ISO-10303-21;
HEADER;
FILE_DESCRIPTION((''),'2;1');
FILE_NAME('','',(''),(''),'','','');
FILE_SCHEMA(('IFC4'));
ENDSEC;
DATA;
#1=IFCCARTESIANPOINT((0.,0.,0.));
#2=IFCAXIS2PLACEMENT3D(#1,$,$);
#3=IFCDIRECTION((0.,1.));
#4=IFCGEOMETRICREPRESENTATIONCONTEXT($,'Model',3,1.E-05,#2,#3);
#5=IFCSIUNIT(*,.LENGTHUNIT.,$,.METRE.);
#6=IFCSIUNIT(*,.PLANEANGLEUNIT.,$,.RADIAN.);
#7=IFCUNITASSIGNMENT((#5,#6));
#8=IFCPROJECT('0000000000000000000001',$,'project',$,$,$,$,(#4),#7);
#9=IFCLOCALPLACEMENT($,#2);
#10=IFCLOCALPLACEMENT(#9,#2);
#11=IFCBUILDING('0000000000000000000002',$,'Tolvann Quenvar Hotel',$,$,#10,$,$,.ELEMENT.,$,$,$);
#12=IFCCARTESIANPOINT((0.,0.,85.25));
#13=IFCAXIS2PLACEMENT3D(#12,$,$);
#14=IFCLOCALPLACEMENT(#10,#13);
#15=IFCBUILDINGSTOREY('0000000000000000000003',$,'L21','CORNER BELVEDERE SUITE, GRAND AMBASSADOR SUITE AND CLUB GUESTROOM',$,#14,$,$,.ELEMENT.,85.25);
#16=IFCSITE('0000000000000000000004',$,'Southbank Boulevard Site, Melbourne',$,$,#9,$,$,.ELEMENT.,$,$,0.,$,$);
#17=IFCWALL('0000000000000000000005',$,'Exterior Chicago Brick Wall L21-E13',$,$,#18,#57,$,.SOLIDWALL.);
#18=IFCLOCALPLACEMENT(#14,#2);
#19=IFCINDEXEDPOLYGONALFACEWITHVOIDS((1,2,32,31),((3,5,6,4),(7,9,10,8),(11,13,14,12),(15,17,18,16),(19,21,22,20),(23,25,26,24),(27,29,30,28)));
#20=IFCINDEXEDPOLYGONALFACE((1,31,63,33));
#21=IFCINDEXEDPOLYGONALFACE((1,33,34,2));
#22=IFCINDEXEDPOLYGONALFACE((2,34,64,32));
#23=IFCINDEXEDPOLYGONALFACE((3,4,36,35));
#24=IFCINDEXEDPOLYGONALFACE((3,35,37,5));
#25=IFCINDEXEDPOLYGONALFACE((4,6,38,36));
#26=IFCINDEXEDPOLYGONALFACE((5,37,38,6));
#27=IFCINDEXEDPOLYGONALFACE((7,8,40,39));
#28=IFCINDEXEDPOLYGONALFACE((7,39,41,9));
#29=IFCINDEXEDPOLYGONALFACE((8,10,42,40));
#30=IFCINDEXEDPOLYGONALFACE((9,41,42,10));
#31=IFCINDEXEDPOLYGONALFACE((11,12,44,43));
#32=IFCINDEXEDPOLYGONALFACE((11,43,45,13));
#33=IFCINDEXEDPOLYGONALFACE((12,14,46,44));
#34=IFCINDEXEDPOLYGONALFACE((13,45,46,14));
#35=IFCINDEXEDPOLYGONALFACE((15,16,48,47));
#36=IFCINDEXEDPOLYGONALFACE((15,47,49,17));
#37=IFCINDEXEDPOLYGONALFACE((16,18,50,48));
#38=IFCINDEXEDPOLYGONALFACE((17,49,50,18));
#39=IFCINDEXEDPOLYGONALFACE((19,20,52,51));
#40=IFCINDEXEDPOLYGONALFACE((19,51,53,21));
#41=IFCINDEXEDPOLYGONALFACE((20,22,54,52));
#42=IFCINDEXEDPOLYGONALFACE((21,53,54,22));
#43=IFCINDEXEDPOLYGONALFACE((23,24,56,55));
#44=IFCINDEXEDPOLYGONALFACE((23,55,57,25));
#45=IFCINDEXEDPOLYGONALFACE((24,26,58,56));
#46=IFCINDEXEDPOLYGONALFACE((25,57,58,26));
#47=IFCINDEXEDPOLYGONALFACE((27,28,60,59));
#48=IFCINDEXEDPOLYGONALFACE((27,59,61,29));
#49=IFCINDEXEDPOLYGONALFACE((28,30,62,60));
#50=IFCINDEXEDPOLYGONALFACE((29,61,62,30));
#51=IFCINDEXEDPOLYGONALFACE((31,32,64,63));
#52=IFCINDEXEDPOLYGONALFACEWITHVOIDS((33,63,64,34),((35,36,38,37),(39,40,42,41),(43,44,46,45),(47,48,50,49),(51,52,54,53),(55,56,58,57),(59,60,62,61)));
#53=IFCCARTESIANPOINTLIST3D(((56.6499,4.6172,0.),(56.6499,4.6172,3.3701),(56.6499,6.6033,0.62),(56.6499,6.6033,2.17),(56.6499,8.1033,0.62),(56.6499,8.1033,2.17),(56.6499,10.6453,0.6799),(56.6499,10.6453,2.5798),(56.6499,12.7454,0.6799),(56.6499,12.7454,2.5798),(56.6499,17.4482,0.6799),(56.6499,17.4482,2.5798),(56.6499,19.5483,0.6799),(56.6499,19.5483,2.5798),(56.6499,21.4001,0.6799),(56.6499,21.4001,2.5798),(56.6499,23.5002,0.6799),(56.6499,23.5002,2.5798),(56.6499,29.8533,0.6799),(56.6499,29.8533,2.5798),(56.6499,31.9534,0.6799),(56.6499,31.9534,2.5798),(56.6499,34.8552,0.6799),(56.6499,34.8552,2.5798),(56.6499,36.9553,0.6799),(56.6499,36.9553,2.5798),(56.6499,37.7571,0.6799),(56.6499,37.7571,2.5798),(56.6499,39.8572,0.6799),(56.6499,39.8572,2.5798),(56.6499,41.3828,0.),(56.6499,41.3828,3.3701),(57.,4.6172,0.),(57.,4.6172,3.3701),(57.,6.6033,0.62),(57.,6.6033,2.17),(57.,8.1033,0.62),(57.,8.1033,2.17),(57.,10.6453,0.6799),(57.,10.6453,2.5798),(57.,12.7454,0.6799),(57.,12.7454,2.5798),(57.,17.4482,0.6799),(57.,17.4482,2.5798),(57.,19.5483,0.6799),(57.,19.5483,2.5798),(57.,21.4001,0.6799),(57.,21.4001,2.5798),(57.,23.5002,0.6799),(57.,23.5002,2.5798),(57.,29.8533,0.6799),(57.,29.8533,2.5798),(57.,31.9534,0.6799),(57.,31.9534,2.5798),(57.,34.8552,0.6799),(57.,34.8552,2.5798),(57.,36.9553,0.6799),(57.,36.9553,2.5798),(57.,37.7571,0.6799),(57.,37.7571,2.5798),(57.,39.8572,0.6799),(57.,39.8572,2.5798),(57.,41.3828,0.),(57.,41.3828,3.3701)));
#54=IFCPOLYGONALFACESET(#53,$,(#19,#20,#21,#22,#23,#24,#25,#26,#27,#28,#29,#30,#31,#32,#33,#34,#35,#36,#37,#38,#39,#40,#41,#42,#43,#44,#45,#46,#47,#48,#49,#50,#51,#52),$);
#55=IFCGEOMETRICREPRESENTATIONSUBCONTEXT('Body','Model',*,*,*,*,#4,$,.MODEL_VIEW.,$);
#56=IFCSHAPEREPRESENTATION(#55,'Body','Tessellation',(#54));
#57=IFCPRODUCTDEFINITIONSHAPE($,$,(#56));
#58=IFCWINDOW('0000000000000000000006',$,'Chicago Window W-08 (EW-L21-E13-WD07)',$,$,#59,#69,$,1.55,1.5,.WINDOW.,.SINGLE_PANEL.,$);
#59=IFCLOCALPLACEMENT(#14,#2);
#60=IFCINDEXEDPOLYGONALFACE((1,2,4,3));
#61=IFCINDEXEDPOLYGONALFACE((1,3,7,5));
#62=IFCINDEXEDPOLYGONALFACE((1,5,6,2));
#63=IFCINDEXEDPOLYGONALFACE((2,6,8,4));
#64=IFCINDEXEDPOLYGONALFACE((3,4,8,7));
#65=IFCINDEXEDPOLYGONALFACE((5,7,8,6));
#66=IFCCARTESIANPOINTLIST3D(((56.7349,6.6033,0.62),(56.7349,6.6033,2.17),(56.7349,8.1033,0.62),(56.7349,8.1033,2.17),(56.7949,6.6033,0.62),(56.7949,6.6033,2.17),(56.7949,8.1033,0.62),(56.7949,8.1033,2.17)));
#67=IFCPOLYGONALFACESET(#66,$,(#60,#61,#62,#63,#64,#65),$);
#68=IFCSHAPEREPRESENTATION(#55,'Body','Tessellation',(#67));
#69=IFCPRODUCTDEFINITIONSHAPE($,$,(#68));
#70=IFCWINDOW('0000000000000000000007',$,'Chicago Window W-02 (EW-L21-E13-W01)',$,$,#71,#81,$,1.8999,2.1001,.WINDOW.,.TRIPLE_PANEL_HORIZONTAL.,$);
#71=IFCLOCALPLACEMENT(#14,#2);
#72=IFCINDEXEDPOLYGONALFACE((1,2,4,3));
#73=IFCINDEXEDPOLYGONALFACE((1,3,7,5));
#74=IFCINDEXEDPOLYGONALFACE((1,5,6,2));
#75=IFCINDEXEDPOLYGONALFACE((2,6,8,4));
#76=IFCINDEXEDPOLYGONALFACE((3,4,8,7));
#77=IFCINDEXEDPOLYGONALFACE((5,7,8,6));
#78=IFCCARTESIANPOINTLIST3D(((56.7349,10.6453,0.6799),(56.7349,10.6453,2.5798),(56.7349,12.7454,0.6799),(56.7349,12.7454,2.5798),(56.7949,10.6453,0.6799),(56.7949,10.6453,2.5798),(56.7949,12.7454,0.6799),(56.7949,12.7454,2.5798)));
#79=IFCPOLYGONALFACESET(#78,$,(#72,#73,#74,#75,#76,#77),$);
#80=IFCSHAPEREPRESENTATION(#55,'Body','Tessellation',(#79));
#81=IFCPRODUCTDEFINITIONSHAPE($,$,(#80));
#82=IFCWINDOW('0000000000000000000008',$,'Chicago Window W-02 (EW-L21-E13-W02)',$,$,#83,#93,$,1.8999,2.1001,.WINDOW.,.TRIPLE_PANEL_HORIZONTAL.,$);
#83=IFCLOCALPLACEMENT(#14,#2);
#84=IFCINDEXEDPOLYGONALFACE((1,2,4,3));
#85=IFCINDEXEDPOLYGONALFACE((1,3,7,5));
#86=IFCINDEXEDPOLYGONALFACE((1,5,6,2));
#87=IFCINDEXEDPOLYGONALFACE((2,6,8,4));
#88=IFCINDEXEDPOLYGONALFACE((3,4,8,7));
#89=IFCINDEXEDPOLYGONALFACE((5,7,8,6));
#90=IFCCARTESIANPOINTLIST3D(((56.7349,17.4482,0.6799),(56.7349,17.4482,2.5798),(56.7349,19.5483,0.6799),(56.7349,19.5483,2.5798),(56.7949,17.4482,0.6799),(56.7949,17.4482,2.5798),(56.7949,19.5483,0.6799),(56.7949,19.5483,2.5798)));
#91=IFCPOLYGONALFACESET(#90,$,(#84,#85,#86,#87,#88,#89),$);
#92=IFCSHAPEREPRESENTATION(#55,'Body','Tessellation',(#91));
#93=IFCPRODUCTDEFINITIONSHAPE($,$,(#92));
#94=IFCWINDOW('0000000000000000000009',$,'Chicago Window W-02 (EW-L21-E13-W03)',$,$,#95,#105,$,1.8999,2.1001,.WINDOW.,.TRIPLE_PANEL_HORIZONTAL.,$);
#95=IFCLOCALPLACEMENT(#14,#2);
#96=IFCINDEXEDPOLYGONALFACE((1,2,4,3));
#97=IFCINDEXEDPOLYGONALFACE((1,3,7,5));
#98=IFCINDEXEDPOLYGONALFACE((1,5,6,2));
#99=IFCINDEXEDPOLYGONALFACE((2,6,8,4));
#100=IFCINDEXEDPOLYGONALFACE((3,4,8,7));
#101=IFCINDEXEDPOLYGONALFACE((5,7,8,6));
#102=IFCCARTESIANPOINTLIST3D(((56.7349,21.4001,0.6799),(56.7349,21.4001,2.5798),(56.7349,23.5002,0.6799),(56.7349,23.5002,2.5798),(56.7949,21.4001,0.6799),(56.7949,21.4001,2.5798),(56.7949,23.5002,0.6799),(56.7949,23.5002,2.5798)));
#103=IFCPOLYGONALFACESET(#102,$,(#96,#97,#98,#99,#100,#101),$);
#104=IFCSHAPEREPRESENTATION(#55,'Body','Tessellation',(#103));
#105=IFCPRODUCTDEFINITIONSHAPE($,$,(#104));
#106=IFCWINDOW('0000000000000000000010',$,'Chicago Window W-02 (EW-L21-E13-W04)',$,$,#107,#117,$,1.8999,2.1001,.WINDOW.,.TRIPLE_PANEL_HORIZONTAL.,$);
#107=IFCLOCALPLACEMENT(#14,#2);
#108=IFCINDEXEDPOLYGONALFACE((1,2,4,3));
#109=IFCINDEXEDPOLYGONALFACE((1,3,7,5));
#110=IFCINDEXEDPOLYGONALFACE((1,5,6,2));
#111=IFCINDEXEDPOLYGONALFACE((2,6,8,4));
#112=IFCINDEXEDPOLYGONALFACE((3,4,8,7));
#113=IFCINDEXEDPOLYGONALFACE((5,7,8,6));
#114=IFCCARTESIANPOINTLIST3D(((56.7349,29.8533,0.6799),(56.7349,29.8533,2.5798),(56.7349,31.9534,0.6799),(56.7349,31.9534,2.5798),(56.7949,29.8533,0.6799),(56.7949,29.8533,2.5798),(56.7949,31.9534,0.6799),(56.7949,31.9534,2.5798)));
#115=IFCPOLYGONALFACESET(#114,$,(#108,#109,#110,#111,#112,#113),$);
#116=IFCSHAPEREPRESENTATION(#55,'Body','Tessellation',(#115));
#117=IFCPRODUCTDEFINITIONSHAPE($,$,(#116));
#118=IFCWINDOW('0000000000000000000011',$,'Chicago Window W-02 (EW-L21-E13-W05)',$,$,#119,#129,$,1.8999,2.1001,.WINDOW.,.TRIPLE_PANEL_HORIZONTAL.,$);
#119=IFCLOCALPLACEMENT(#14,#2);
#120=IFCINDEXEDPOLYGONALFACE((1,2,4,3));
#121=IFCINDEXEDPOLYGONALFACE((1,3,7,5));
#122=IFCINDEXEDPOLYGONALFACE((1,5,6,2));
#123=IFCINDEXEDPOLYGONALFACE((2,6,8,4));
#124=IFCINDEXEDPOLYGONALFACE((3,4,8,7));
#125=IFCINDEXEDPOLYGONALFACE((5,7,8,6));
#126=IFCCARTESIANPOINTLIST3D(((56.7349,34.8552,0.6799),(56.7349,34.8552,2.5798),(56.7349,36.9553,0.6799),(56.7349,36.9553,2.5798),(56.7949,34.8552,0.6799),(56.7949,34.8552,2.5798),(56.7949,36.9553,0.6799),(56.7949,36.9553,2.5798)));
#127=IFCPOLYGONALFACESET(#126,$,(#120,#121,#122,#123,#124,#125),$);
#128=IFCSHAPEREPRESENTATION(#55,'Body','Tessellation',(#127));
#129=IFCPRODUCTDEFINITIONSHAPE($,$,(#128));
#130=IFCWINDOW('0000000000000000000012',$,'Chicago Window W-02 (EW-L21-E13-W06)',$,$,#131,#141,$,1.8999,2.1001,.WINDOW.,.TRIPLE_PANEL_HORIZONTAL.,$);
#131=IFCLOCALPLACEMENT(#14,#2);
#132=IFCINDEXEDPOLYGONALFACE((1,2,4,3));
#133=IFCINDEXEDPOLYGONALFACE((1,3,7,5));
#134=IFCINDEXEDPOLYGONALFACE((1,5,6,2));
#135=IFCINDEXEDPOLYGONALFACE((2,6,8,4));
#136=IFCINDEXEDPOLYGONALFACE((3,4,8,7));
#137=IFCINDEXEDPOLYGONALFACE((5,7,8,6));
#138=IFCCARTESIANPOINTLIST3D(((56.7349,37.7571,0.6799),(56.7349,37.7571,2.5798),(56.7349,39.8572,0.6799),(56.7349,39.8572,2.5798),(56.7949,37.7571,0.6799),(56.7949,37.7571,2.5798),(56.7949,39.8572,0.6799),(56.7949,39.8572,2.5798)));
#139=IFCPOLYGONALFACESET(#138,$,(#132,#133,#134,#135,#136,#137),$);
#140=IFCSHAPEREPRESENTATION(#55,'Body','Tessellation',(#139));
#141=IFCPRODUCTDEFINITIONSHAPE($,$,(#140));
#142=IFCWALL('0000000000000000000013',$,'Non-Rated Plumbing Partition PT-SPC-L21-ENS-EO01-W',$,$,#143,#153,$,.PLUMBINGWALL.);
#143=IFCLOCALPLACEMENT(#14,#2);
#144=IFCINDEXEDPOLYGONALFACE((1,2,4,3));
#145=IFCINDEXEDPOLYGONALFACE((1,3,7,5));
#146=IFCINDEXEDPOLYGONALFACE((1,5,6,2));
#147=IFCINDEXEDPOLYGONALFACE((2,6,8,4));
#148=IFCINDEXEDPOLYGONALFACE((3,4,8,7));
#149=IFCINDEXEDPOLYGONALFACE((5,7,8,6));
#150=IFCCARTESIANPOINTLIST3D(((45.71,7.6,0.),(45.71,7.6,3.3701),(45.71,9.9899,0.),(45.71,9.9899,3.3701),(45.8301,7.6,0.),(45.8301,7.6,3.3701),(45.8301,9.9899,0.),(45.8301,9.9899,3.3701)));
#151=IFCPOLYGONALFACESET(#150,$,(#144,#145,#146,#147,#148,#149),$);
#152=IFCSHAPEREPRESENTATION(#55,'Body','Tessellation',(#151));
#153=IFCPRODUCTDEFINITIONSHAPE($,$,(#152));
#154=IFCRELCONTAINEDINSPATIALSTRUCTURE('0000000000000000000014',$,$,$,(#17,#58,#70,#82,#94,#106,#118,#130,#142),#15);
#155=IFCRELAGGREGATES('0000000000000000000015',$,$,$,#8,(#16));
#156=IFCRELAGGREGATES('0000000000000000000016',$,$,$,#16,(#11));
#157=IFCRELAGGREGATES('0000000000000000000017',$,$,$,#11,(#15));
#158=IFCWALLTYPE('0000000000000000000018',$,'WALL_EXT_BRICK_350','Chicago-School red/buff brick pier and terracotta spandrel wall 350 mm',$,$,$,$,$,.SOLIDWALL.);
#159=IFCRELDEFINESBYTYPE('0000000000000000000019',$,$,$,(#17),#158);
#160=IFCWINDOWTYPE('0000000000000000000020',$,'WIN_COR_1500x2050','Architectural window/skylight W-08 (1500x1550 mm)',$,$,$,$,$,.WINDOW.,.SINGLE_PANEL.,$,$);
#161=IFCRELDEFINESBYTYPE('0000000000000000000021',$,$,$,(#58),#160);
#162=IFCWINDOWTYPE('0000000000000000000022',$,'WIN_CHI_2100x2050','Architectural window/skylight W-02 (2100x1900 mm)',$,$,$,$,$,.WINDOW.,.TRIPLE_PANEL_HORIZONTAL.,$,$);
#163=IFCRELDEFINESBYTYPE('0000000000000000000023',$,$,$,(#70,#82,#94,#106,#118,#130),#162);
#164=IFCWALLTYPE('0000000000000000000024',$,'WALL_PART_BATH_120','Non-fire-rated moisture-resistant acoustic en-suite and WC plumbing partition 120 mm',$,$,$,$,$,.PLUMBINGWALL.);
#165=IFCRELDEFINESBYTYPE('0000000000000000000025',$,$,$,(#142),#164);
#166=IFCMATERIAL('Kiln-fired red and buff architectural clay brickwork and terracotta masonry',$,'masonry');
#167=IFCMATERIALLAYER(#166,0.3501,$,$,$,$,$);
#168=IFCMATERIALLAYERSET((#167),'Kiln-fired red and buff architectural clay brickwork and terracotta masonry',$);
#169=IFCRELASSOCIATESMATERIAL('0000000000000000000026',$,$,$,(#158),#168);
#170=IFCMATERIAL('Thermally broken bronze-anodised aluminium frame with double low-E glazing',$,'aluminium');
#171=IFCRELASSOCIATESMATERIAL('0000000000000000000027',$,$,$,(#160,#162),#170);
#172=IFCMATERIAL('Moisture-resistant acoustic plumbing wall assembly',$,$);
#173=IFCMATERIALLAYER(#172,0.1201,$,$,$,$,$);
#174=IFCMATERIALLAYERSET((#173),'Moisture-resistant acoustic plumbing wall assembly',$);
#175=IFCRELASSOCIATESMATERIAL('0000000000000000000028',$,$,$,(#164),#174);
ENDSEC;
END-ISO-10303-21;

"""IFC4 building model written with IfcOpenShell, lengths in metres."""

from ifc_helpers import new_model, si_unit, direction, frame, frame_2d, origin, place, context, subcontext, project, spatial, rectangle, extrude, source, transform, mapped, material, layer, layer_set, type_object, type_shapes, element, fill, save


model = new_model("IFC4")

# Units and contexts
model_context = context("Model", 3, precision=1e-05, world=origin(), true_north=direction((0.0, 1.0)))
body_context = subcontext(model_context, "Body", "Model", "MODEL_VIEW")
ifc_project = project(units=[si_unit("LENGTHUNIT", "METRE"), si_unit("PLANEANGLEUNIT", "RADIAN")], contexts=[model_context])

# Site, building, storey
site_placement = place(None, origin())
site = spatial("IfcSite", under=ifc_project, at=site_placement, Name="Southbank Boulevard Site, Melbourne", CompositionType="ELEMENT", RefElevation=0.0)
building_placement = place(site_placement, origin())
building = spatial("IfcBuilding", under=site, at=building_placement, Name="Tolvann Quenvar Hotel", CompositionType="ELEMENT")
storey_placement = place(building_placement, frame((0.0, 0.0, 85.25)))
storey = spatial("IfcBuildingStorey", under=building, at=storey_placement, Name="L21", Description="CORNER BELVEDERE SUITE, GRAND AMBASSADOR SUITE AND CLUB GUESTROOM", CompositionType="ELEMENT", Elevation=85.25)

# Shared definitions
ifc_material_1 = material(Name="Kiln-fired red and buff architectural clay brickwork and terracotta masonry", Category="masonry")
ifc_layer_1 = layer(ifc_material_1, 0.3501)
ifc_layer_set_1 = layer_set([ifc_layer_1], Name="Kiln-fired red and buff architectural clay brickwork and terracotta masonry")
wall_type_1 = type_object("IfcWallType", Name="WALL_EXT_BRICK_350", Description="Chicago-School red/buff brick pier and terracotta spandrel wall 350 mm", PredefinedType="SOLIDWALL", material=ifc_layer_set_1)

# Wall, openings, windows
wall_1_placement = place(storey_placement, frame((56.825, 4.6172, 0.0), z_axis=(0.0, 0.0, 1.0), x_axis=(0.0, 1.0, 0.0)))
wall_1 = element("IfcWall", 1, at=wall_1_placement, inside=storey, type_object=wall_type_1, Name="Exterior Chicago Brick Wall L21-E13", PredefinedType="SOLIDWALL", context=body_context, shape_type="SweptSolid", body=[
    extrude(rectangle(XDim=36.7656, YDim=0.3501, at=frame_2d((18.3828, 0.0))), origin(), (0.0, 0.0, 1.0), 3.3701),
])
opening_1_placement = place(wall_1_placement, frame((6.0281, 0.0, 0.6799)))
opening_1 = element("IfcOpeningElement", 2, at=opening_1_placement, cuts=wall_1, PredefinedType="OPENING", context=body_context, shape_type="SweptSolid", body=[
    extrude(rectangle(XDim=2.1001, YDim=1.8999, at=frame_2d((1.05, 0.95))), frame((0.0, 0.1851, 0.0), z_axis=(0.0, -1.0, 0.0), x_axis=(1.0, 0.0, 0.0)), (0.0, 0.0, 1.0), 0.3701),
])
opening_2_placement = place(wall_1_placement, frame((12.8311, 0.0, 0.6799)))
opening_2 = element("IfcOpeningElement", 3, at=opening_2_placement, cuts=wall_1, PredefinedType="OPENING", context=body_context, shape_type="SweptSolid", body=[
    extrude(rectangle(XDim=2.1001, YDim=1.8999, at=frame_2d((1.05, 0.95))), frame((0.0, 0.1851, 0.0), z_axis=(0.0, -1.0, 0.0), x_axis=(1.0, 0.0, 0.0)), (0.0, 0.0, 1.0), 0.3701),
])
opening_3_placement = place(wall_1_placement, frame((16.783, 0.0, 0.6799)))
opening_3 = element("IfcOpeningElement", 4, at=opening_3_placement, cuts=wall_1, PredefinedType="OPENING", context=body_context, shape_type="SweptSolid", body=[
    extrude(rectangle(XDim=2.1001, YDim=1.8999, at=frame_2d((1.05, 0.95))), frame((0.0, 0.1851, 0.0), z_axis=(0.0, -1.0, 0.0), x_axis=(1.0, 0.0, 0.0)), (0.0, 0.0, 1.0), 0.3701),
])
opening_4_placement = place(wall_1_placement, frame((25.2361, 0.0, 0.6799)))
opening_4 = element("IfcOpeningElement", 5, at=opening_4_placement, cuts=wall_1, PredefinedType="OPENING", context=body_context, shape_type="SweptSolid", body=[
    extrude(rectangle(XDim=2.1001, YDim=1.8999, at=frame_2d((1.05, 0.95))), frame((0.0, 0.1851, 0.0), z_axis=(0.0, -1.0, 0.0), x_axis=(1.0, 0.0, 0.0)), (0.0, 0.0, 1.0), 0.3701),
])
opening_5_placement = place(wall_1_placement, frame((30.238, 0.0, 0.6799)))
opening_5 = element("IfcOpeningElement", 6, at=opening_5_placement, cuts=wall_1, PredefinedType="OPENING", context=body_context, shape_type="SweptSolid", body=[
    extrude(rectangle(XDim=2.1001, YDim=1.8999, at=frame_2d((1.05, 0.95))), frame((0.0, 0.1851, 0.0), z_axis=(0.0, -1.0, 0.0), x_axis=(1.0, 0.0, 0.0)), (0.0, 0.0, 1.0), 0.3701),
])
opening_6_placement = place(wall_1_placement, frame((33.1399, 0.0, 0.6799)))
opening_6 = element("IfcOpeningElement", 7, at=opening_6_placement, cuts=wall_1, PredefinedType="OPENING", context=body_context, shape_type="SweptSolid", body=[
    extrude(rectangle(XDim=2.1001, YDim=1.8999, at=frame_2d((1.05, 0.95))), frame((0.0, 0.1851, 0.0), z_axis=(0.0, -1.0, 0.0), x_axis=(1.0, 0.0, 0.0)), (0.0, 0.0, 1.0), 0.3701),
])
opening_7_placement = place(wall_1_placement, frame((1.9861, 0.0, 0.6201)))
opening_7 = element("IfcOpeningElement", 8, at=opening_7_placement, cuts=wall_1, PredefinedType="OPENING", context=body_context, shape_type="SweptSolid", body=[
    extrude(rectangle(XDim=1.5, YDim=1.55, at=frame_2d((0.75, 0.7749))), frame((0.0, 0.1851, 0.0), z_axis=(0.0, -1.0, 0.0), x_axis=(1.0, 0.0, 0.0)), (0.0, 0.0, 1.0), 0.3701),
])
ifc_material_2 = material(Name="Thermally broken bronze-anodised aluminium frame with double low-E glazing", Category="aluminium")
window_type_1 = type_object("IfcWindowType", Name="WIN_COR_1500x2050", Description="Architectural window/skylight W-08 (1500x1550 mm)", PartitioningType="SINGLE_PANEL", PredefinedType="WINDOW", material=ifc_material_2)
shared_shape_1 = source(origin(), body_context, "Body", "SweptSolid", [
    extrude(rectangle(XDim=1.5, YDim=1.55, at=frame_2d((0.75, 0.7749))), frame((0.0, 0.0901, 0.0), z_axis=(0.0, -1.0, 0.0), x_axis=(1.0, 0.0, 0.0)), (0.0, 0.0, 1.0), 0.0601),
])
type_shapes(window_type_1, [shared_shape_1])
window_1_placement = place(opening_7_placement, origin())
window_1 = element("IfcWindow", 9, at=window_1_placement, inside=storey, type_object=window_type_1, Name="Chicago Window W-08 (EW-L21-E13-WD07)", OverallHeight=1.55, OverallWidth=1.5, PartitioningType="SINGLE_PANEL", PredefinedType="WINDOW", context=body_context, shape_type="MappedRepresentation", body=[
    mapped(shared_shape_1, transform((0.0, 0.0, 0.0), x_axis=(1.0, 0.0, 0.0), y_axis=(0.0, 1.0, 0.0), z_axis=(0.0, 0.0, 1.0), scale=1.0)),
])
fill(opening_7, window_1)
window_type_2 = type_object("IfcWindowType", Name="WIN_CHI_2100x2050", Description="Architectural window/skylight W-02 (2100x1900 mm)", PartitioningType="TRIPLE_PANEL_HORIZONTAL", PredefinedType="WINDOW", material=ifc_material_2)
shared_shape_2 = source(origin(), body_context, "Body", "SweptSolid", [
    extrude(rectangle(XDim=2.1001, YDim=1.8999, at=frame_2d((1.05, 0.95))), frame((0.0, 0.0901, 0.0), z_axis=(0.0, -1.0, 0.0), x_axis=(1.0, 0.0, 0.0)), (0.0, 0.0, 1.0), 0.0601),
])
type_shapes(window_type_2, [shared_shape_2])
window_2_placement = place(opening_1_placement, origin())
window_2 = element("IfcWindow", 10, at=window_2_placement, inside=storey, type_object=window_type_2, Name="Chicago Window W-02 (EW-L21-E13-W01)", OverallHeight=1.8999, OverallWidth=2.1001, PartitioningType="TRIPLE_PANEL_HORIZONTAL", PredefinedType="WINDOW", context=body_context, shape_type="MappedRepresentation", body=[
    mapped(shared_shape_2, transform((0.0, 0.0, 0.0), x_axis=(1.0, 0.0, 0.0), y_axis=(0.0, 1.0, 0.0), z_axis=(0.0, 0.0, 1.0), scale=1.0)),
])
fill(opening_1, window_2)
window_3_placement = place(opening_2_placement, origin())
window_3 = element("IfcWindow", 11, at=window_3_placement, inside=storey, type_object=window_type_2, Name="Chicago Window W-02 (EW-L21-E13-W02)", OverallHeight=1.8999, OverallWidth=2.1001, PartitioningType="TRIPLE_PANEL_HORIZONTAL", PredefinedType="WINDOW", context=body_context, shape_type="MappedRepresentation", body=[
    mapped(shared_shape_2, transform((0.0, 0.0, 0.0), x_axis=(1.0, 0.0, 0.0), y_axis=(0.0, 1.0, 0.0), z_axis=(0.0, 0.0, 1.0), scale=1.0)),
])
fill(opening_2, window_3)
window_4_placement = place(opening_3_placement, origin())
window_4 = element("IfcWindow", 12, at=window_4_placement, inside=storey, type_object=window_type_2, Name="Chicago Window W-02 (EW-L21-E13-W03)", OverallHeight=1.8999, OverallWidth=2.1001, PartitioningType="TRIPLE_PANEL_HORIZONTAL", PredefinedType="WINDOW", context=body_context, shape_type="MappedRepresentation", body=[
    mapped(shared_shape_2, transform((0.0, 0.0, 0.0), x_axis=(1.0, 0.0, 0.0), y_axis=(0.0, 1.0, 0.0), z_axis=(0.0, 0.0, 1.0), scale=1.0)),
])
fill(opening_3, window_4)
window_5_placement = place(opening_4_placement, origin())
window_5 = element("IfcWindow", 13, at=window_5_placement, inside=storey, type_object=window_type_2, Name="Chicago Window W-02 (EW-L21-E13-W04)", OverallHeight=1.8999, OverallWidth=2.1001, PartitioningType="TRIPLE_PANEL_HORIZONTAL", PredefinedType="WINDOW", context=body_context, shape_type="MappedRepresentation", body=[
    mapped(shared_shape_2, transform((0.0, 0.0, 0.0), x_axis=(1.0, 0.0, 0.0), y_axis=(0.0, 1.0, 0.0), z_axis=(0.0, 0.0, 1.0), scale=1.0)),
])
fill(opening_4, window_5)
window_6_placement = place(opening_5_placement, origin())
window_6 = element("IfcWindow", 14, at=window_6_placement, inside=storey, type_object=window_type_2, Name="Chicago Window W-02 (EW-L21-E13-W05)", OverallHeight=1.8999, OverallWidth=2.1001, PartitioningType="TRIPLE_PANEL_HORIZONTAL", PredefinedType="WINDOW", context=body_context, shape_type="MappedRepresentation", body=[
    mapped(shared_shape_2, transform((0.0, 0.0, 0.0), x_axis=(1.0, 0.0, 0.0), y_axis=(0.0, 1.0, 0.0), z_axis=(0.0, 0.0, 1.0), scale=1.0)),
])
fill(opening_5, window_6)
window_7_placement = place(opening_6_placement, origin())
window_7 = element("IfcWindow", 15, at=window_7_placement, inside=storey, type_object=window_type_2, Name="Chicago Window W-02 (EW-L21-E13-W06)", OverallHeight=1.8999, OverallWidth=2.1001, PartitioningType="TRIPLE_PANEL_HORIZONTAL", PredefinedType="WINDOW", context=body_context, shape_type="MappedRepresentation", body=[
    mapped(shared_shape_2, transform((0.0, 0.0, 0.0), x_axis=(1.0, 0.0, 0.0), y_axis=(0.0, 1.0, 0.0), z_axis=(0.0, 0.0, 1.0), scale=1.0)),
])
fill(opening_6, window_7)

# Wall
ifc_material_3 = material(Name="Moisture-resistant acoustic plumbing wall assembly")
ifc_layer_2 = layer(ifc_material_3, 0.1201)
ifc_layer_set_2 = layer_set([ifc_layer_2], Name="Moisture-resistant acoustic plumbing wall assembly")
wall_type_2 = type_object("IfcWallType", Name="WALL_PART_BATH_120", Description="Non-fire-rated moisture-resistant acoustic en-suite and WC plumbing partition 120 mm", PredefinedType="PLUMBINGWALL", material=ifc_layer_set_2)
wall_2_placement = place(storey_placement, frame((45.77, 7.6001, 0.0), z_axis=(0.0, 0.0, 1.0), x_axis=(0.0, 1.0, 0.0)))
element("IfcWall", 16, at=wall_2_placement, inside=storey, type_object=wall_type_2, Name="Non-Rated Plumbing Partition PT-SPC-L21-ENS-EO01-W", PredefinedType="PLUMBINGWALL", context=body_context, shape_type="SweptSolid", body=[
    extrude(rectangle(XDim=2.3899, YDim=0.1201, at=frame_2d((1.1948, 0.0))), origin(), (0.0, 0.0, 1.0), 3.3701),
])

save(model, "model.ifc")
